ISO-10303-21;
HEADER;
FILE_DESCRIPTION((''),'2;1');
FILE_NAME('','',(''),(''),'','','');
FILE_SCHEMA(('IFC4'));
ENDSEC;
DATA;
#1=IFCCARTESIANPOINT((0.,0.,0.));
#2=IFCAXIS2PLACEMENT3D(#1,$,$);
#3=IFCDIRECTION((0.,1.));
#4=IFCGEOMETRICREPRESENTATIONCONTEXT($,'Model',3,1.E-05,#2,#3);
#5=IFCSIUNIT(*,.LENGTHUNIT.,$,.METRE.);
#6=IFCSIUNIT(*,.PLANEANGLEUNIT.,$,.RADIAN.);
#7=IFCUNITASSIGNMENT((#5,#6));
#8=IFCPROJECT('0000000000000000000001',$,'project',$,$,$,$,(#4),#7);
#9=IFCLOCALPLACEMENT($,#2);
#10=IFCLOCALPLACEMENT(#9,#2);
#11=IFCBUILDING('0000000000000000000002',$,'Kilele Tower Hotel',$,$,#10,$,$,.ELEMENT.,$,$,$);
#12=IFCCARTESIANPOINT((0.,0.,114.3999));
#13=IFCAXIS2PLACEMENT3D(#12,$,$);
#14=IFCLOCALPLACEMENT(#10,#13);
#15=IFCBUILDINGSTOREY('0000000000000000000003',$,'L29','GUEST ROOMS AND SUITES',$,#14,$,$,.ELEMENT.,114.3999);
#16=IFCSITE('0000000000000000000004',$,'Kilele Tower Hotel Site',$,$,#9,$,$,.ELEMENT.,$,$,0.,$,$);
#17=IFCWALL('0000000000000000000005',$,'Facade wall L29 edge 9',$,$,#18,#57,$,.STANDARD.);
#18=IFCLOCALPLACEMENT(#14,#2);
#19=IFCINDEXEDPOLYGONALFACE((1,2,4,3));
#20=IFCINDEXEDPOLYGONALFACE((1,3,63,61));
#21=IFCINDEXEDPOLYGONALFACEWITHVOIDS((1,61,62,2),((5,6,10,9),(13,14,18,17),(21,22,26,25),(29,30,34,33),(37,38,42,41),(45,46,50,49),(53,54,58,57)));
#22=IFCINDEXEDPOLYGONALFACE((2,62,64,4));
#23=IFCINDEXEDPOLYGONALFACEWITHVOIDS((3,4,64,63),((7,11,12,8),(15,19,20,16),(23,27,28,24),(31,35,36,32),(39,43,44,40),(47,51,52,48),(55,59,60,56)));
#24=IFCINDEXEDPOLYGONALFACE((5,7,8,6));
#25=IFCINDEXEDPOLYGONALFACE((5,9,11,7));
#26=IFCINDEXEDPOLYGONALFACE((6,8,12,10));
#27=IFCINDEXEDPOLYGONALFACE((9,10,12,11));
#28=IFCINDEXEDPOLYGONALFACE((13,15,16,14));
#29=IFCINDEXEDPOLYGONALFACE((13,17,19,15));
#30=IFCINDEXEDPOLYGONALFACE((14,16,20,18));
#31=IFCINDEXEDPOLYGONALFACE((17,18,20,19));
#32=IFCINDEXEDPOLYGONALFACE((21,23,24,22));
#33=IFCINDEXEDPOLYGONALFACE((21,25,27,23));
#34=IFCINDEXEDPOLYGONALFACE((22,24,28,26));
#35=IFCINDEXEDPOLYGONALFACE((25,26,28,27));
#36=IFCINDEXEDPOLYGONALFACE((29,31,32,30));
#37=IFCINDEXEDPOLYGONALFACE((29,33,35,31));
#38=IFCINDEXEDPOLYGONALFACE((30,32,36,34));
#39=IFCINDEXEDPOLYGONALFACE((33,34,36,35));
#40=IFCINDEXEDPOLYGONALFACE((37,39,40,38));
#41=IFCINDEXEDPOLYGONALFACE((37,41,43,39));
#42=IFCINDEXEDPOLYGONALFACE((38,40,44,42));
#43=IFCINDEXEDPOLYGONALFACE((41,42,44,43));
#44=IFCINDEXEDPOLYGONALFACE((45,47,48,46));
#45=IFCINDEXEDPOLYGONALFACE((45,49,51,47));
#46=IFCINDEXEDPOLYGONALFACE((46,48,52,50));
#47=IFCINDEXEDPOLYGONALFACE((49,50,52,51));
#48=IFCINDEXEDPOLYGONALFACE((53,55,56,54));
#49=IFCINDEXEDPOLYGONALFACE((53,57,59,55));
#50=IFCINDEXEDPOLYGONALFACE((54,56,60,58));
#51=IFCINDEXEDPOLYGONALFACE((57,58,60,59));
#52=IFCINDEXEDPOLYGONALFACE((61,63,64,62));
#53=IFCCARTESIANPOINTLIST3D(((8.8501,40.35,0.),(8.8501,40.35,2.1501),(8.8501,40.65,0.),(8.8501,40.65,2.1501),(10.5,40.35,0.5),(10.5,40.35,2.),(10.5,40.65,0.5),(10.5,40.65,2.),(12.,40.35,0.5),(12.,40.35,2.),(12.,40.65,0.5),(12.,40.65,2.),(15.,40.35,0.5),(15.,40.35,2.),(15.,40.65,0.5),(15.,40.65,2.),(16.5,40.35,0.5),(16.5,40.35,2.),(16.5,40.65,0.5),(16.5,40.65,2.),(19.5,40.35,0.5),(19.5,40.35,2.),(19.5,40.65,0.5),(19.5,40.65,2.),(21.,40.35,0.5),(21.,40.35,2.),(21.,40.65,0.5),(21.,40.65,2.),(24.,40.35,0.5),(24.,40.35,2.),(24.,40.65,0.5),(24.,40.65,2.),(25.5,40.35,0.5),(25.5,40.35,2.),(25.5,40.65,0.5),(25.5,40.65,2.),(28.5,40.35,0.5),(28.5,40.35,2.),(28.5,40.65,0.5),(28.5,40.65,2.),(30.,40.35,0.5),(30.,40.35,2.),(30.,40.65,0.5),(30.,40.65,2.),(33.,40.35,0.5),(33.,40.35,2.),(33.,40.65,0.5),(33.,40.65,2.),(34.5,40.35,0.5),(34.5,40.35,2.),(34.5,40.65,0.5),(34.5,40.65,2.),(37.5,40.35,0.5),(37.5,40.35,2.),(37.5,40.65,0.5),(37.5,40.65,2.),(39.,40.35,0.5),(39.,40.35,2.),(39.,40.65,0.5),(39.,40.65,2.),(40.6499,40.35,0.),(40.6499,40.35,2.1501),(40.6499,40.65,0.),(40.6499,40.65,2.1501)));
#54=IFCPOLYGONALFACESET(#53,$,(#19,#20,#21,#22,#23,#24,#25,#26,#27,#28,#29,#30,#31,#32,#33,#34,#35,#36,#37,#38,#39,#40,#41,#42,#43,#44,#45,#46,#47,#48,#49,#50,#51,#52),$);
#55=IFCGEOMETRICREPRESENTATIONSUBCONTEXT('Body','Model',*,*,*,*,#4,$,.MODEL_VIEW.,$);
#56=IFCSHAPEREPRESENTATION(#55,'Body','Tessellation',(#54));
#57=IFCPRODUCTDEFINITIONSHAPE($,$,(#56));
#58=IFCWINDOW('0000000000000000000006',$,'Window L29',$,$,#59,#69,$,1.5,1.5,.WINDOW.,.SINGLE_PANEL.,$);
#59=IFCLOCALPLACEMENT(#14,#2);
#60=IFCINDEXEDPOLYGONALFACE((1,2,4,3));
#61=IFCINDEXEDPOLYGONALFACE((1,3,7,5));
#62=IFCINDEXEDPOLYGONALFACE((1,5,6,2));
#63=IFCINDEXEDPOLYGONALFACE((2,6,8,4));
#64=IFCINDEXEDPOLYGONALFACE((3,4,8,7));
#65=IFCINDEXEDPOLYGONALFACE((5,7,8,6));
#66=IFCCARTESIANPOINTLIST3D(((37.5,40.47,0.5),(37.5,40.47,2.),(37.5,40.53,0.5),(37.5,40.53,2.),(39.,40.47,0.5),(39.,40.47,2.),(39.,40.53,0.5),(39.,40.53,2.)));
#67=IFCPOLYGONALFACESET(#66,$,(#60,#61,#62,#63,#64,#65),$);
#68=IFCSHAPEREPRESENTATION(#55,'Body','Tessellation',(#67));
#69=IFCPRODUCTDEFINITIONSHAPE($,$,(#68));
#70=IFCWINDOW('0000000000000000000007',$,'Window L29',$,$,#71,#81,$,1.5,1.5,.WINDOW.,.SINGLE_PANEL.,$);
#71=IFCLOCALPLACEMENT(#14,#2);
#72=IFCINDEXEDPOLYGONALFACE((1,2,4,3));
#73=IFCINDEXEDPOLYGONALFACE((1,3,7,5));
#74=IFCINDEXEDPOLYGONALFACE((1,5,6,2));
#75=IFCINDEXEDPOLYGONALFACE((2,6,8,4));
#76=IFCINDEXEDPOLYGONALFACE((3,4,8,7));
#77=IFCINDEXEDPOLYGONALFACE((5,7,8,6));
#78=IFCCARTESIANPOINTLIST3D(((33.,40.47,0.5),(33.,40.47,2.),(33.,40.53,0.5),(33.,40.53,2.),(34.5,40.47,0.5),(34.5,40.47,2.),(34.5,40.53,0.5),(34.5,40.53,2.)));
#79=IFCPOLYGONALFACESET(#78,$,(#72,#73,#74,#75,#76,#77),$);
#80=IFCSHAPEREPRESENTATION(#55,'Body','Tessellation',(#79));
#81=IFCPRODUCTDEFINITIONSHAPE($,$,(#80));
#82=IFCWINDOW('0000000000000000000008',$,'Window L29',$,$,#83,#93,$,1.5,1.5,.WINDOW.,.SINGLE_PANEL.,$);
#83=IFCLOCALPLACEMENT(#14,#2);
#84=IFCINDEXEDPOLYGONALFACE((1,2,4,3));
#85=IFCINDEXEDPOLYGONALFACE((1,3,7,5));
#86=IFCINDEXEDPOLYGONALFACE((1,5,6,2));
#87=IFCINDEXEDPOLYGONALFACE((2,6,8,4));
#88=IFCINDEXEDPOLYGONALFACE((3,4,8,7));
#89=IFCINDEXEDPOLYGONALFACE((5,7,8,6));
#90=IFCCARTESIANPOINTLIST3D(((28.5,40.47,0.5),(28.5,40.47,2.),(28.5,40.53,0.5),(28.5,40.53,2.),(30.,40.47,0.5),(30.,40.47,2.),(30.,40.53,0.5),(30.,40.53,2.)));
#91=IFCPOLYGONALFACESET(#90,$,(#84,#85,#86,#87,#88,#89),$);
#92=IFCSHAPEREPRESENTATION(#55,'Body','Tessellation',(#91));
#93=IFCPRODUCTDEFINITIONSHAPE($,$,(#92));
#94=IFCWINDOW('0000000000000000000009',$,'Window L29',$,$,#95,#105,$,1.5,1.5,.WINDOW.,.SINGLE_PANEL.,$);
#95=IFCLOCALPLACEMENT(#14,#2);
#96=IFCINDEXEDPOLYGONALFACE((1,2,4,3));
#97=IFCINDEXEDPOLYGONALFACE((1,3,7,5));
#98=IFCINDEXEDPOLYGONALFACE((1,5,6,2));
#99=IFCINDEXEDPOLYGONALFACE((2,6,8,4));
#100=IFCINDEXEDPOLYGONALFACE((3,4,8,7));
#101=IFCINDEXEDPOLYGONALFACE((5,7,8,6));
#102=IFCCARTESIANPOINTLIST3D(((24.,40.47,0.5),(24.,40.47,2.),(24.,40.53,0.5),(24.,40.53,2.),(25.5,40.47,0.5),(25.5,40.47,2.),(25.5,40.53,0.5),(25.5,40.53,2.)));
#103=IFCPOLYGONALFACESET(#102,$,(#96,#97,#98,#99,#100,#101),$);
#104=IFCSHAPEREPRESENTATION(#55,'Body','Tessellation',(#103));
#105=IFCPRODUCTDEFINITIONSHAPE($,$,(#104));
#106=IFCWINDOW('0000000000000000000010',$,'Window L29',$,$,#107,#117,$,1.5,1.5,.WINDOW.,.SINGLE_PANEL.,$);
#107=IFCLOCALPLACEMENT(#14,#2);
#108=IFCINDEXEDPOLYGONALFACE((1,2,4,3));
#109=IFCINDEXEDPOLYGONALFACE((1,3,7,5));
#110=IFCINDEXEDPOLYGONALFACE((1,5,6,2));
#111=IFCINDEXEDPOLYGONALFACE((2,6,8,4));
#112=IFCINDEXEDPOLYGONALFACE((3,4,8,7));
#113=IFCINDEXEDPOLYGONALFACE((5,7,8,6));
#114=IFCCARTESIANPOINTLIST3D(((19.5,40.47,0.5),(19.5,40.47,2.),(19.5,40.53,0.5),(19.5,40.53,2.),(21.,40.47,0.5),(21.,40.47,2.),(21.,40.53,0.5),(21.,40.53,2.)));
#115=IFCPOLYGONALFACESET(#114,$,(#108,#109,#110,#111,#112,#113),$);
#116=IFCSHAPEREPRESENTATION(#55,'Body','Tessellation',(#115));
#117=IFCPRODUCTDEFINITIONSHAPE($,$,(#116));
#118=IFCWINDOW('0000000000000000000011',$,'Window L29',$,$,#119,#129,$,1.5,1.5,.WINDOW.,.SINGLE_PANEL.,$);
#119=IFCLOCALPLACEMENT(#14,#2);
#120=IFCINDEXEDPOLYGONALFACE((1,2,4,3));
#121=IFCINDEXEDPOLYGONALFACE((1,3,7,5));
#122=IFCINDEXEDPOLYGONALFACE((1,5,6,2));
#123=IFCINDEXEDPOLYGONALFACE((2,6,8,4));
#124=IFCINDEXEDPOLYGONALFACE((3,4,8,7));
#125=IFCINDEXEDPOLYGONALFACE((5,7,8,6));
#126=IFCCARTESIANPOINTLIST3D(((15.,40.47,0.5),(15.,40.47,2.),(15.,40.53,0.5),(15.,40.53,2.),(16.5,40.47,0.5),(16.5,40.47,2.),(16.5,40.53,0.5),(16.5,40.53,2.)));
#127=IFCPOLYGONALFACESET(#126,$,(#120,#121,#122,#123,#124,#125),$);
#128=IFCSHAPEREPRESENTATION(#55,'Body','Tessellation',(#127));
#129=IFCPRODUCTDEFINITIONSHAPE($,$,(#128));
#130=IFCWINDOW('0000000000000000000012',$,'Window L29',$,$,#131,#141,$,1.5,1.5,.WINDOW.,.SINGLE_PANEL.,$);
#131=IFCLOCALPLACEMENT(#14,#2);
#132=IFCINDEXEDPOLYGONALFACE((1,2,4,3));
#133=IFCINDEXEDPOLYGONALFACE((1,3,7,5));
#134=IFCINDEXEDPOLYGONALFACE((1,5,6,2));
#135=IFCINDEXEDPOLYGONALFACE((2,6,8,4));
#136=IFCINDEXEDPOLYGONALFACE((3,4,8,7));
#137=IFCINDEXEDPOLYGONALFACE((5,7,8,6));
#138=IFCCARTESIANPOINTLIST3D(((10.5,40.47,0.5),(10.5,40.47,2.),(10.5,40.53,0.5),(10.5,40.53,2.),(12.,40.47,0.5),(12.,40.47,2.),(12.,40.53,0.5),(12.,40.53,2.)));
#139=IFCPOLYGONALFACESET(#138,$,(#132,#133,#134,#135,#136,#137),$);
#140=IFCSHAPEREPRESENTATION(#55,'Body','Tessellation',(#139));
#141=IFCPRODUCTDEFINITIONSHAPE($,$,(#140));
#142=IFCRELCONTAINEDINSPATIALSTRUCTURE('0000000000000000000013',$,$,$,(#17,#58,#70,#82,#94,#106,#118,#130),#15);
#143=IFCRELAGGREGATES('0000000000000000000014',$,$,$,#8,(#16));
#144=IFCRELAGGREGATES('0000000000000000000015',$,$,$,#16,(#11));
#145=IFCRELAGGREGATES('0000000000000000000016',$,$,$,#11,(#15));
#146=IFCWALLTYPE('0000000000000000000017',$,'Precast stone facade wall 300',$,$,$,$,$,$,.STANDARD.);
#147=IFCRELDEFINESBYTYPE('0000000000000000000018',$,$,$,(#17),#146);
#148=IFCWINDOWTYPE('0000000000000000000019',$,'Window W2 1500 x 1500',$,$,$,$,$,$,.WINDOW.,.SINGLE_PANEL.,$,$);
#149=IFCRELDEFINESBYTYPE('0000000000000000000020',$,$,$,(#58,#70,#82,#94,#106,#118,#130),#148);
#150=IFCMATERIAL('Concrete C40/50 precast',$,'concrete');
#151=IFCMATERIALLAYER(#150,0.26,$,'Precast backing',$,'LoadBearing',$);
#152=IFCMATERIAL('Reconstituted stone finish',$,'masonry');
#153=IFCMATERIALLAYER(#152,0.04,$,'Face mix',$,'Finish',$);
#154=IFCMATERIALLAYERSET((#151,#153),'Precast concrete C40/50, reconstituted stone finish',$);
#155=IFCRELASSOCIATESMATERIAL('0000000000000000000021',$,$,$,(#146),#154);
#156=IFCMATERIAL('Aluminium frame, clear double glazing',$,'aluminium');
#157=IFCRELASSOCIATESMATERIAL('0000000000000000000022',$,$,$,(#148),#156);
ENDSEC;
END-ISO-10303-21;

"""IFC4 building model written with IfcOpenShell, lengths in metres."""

from ifc_helpers import new_model, si_unit, direction, frame, frame_2d, origin, place, context, subcontext, project, spatial, rectangle, extrude, material, layer, layer_set, type_object, element, fill, save


model = new_model("IFC4")

# Units and contexts
model_context = context("Model", 3, precision=1e-05, world=origin(), true_north=direction((0.0, 1.0)))
body_context = subcontext(model_context, "Body", "Model", "MODEL_VIEW")
ifc_project = project(units=[si_unit("LENGTHUNIT", "METRE"), si_unit("PLANEANGLEUNIT", "RADIAN")], contexts=[model_context])

# Site, building, storey
site_placement = place(None, origin())
site = spatial("IfcSite", under=ifc_project, at=site_placement, Name="Kilele Tower Hotel Site", CompositionType="ELEMENT", RefElevation=0.0)
building_placement = place(site_placement, origin())
building = spatial("IfcBuilding", under=site, at=building_placement, Name="Kilele Tower Hotel", CompositionType="ELEMENT")
storey_placement = place(building_placement, frame((0.0, 0.0, 114.3999)))
storey = spatial("IfcBuildingStorey", under=building, at=storey_placement, Name="L29", Description="GUEST ROOMS AND SUITES", CompositionType="ELEMENT", Elevation=114.3999)

# Shared definitions
ifc_material_1 = material(Name="Concrete C40/50 precast", Category="concrete")
ifc_layer_1 = layer(ifc_material_1, 0.26, Name="Precast backing", Category="LoadBearing")
ifc_material_2 = material(Name="Reconstituted stone finish", Category="masonry")
ifc_layer_2 = layer(ifc_material_2, 0.04, Name="Face mix", Category="Finish")
ifc_layer_set_1 = layer_set([ifc_layer_1, ifc_layer_2], Name="Precast concrete C40/50, reconstituted stone finish")
wall_type_1 = type_object("IfcWallType", Name="Precast stone facade wall 300", PredefinedType="STANDARD", material=ifc_layer_set_1)
ifc_material_3 = material(Name="Aluminium frame, clear double glazing", Category="aluminium")
window_type_1 = type_object("IfcWindowType", Name="Window W2 1500 x 1500", PartitioningType="SINGLE_PANEL", PredefinedType="WINDOW", material=ifc_material_3)

# Wall, openings, windows
wall_1_placement = place(storey_placement, frame((40.6499, 40.5, 0.0), z_axis=(0.0, 0.0, 1.0), x_axis=(-1.0, 0.0, 0.0)))
wall_1 = element("IfcWall", 1, at=wall_1_placement, inside=storey, type_object=wall_type_1, Name="Facade wall L29 edge 9", PredefinedType="STANDARD", context=body_context, shape_type="SweptSolid", body=[
    extrude(rectangle(XDim=31.7998, YDim=0.3, at=frame_2d((15.8999, 0.0))), origin(), (0.0, 0.0, 1.0), 2.1501),
])
opening_1_placement = place(wall_1_placement, frame((1.6499, 0.0, 0.5)))
opening_1 = element("IfcOpeningElement", 2, at=opening_1_placement, cuts=wall_1, PredefinedType="OPENING", context=body_context, shape_type="SweptSolid", body=[
    extrude(rectangle(XDim=1.5, YDim=1.5, at=frame_2d((0.75, 0.75))), frame((0.0, 0.1599, 0.0), z_axis=(0.0, -1.0, 0.0), x_axis=(1.0, 0.0, 0.0)), (0.0, 0.0, 1.0), 0.3201),
])
opening_2_placement = place(wall_1_placement, frame((6.1499, 0.0, 0.5)))
opening_2 = element("IfcOpeningElement", 3, at=opening_2_placement, cuts=wall_1, PredefinedType="OPENING", context=body_context, shape_type="SweptSolid", body=[
    extrude(rectangle(XDim=1.5, YDim=1.5, at=frame_2d((0.75, 0.75))), frame((0.0, 0.1599, 0.0), z_axis=(0.0, -1.0, 0.0), x_axis=(1.0, 0.0, 0.0)), (0.0, 0.0, 1.0), 0.3201),
])
opening_3_placement = place(wall_1_placement, frame((10.6499, 0.0, 0.5)))
opening_3 = element("IfcOpeningElement", 4, at=opening_3_placement, cuts=wall_1, PredefinedType="OPENING", context=body_context, shape_type="SweptSolid", body=[
    extrude(rectangle(XDim=1.5, YDim=1.5, at=frame_2d((0.75, 0.75))), frame((0.0, 0.1599, 0.0), z_axis=(0.0, -1.0, 0.0), x_axis=(1.0, 0.0, 0.0)), (0.0, 0.0, 1.0), 0.3201),
])
opening_4_placement = place(wall_1_placement, frame((15.1499, 0.0, 0.5)))
opening_4 = element("IfcOpeningElement", 5, at=opening_4_placement, cuts=wall_1, PredefinedType="OPENING", context=body_context, shape_type="SweptSolid", body=[
    extrude(rectangle(XDim=1.5, YDim=1.5, at=frame_2d((0.75, 0.75))), frame((0.0, 0.1599, 0.0), z_axis=(0.0, -1.0, 0.0), x_axis=(1.0, 0.0, 0.0)), (0.0, 0.0, 1.0), 0.3201),
])
opening_5_placement = place(wall_1_placement, frame((19.6499, 0.0, 0.5)))
opening_5 = element("IfcOpeningElement", 6, at=opening_5_placement, cuts=wall_1, PredefinedType="OPENING", context=body_context, shape_type="SweptSolid", body=[
    extrude(rectangle(XDim=1.5, YDim=1.5, at=frame_2d((0.75, 0.75))), frame((0.0, 0.1599, 0.0), z_axis=(0.0, -1.0, 0.0), x_axis=(1.0, 0.0, 0.0)), (0.0, 0.0, 1.0), 0.3201),
])
opening_6_placement = place(wall_1_placement, frame((24.1499, 0.0, 0.5)))
opening_6 = element("IfcOpeningElement", 7, at=opening_6_placement, cuts=wall_1, PredefinedType="OPENING", context=body_context, shape_type="SweptSolid", body=[
    extrude(rectangle(XDim=1.5, YDim=1.5, at=frame_2d((0.75, 0.75))), frame((0.0, 0.1599, 0.0), z_axis=(0.0, -1.0, 0.0), x_axis=(1.0, 0.0, 0.0)), (0.0, 0.0, 1.0), 0.3201),
])
opening_7_placement = place(wall_1_placement, frame((28.6499, 0.0, 0.5)))
opening_7 = element("IfcOpeningElement", 8, at=opening_7_placement, cuts=wall_1, PredefinedType="OPENING", context=body_context, shape_type="SweptSolid", body=[
    extrude(rectangle(XDim=1.5, YDim=1.5, at=frame_2d((0.75, 0.75))), frame((0.0, 0.1599, 0.0), z_axis=(0.0, -1.0, 0.0), x_axis=(1.0, 0.0, 0.0)), (0.0, 0.0, 1.0), 0.3201),
])
window_1_placement = place(opening_1_placement, origin())
window_1 = element("IfcWindow", 9, at=window_1_placement, inside=storey, type_object=window_type_1, Name="Window L29", OverallHeight=1.5, OverallWidth=1.5, PartitioningType="SINGLE_PANEL", PredefinedType="WINDOW", context=body_context, shape_type="SweptSolid", body=[
    extrude(rectangle(XDim=1.5, YDim=1.5, at=frame_2d((0.75, 0.75))), frame((0.0, 0.03, 0.0), z_axis=(0.0, -1.0, 0.0), x_axis=(1.0, 0.0, 0.0)), (0.0, 0.0, 1.0), 0.0601),
])
fill(opening_1, window_1)
window_2_placement = place(opening_2_placement, origin())
window_2 = element("IfcWindow", 10, at=window_2_placement, inside=storey, type_object=window_type_1, Name="Window L29", OverallHeight=1.5, OverallWidth=1.5, PartitioningType="SINGLE_PANEL", PredefinedType="WINDOW", context=body_context, shape_type="SweptSolid", body=[
    extrude(rectangle(XDim=1.5, YDim=1.5, at=frame_2d((0.75, 0.75))), frame((0.0, 0.03, 0.0), z_axis=(0.0, -1.0, 0.0), x_axis=(1.0, 0.0, 0.0)), (0.0, 0.0, 1.0), 0.0601),
])
fill(opening_2, window_2)
window_3_placement = place(opening_3_placement, origin())
window_3 = element("IfcWindow", 11, at=window_3_placement, inside=storey, type_object=window_type_1, Name="Window L29", OverallHeight=1.5, OverallWidth=1.5, PartitioningType="SINGLE_PANEL", PredefinedType="WINDOW", context=body_context, shape_type="SweptSolid", body=[
    extrude(rectangle(XDim=1.5, YDim=1.5, at=frame_2d((0.75, 0.75))), frame((0.0, 0.03, 0.0), z_axis=(0.0, -1.0, 0.0), x_axis=(1.0, 0.0, 0.0)), (0.0, 0.0, 1.0), 0.0601),
])
fill(opening_3, window_3)
window_4_placement = place(opening_4_placement, origin())
window_4 = element("IfcWindow", 12, at=window_4_placement, inside=storey, type_object=window_type_1, Name="Window L29", OverallHeight=1.5, OverallWidth=1.5, PartitioningType="SINGLE_PANEL", PredefinedType="WINDOW", context=body_context, shape_type="SweptSolid", body=[
    extrude(rectangle(XDim=1.5, YDim=1.5, at=frame_2d((0.75, 0.75))), frame((0.0, 0.03, 0.0), z_axis=(0.0, -1.0, 0.0), x_axis=(1.0, 0.0, 0.0)), (0.0, 0.0, 1.0), 0.0601),
])
fill(opening_4, window_4)
window_5_placement = place(opening_5_placement, origin())
window_5 = element("IfcWindow", 13, at=window_5_placement, inside=storey, type_object=window_type_1, Name="Window L29", OverallHeight=1.5, OverallWidth=1.5, PartitioningType="SINGLE_PANEL", PredefinedType="WINDOW", context=body_context, shape_type="SweptSolid", body=[
    extrude(rectangle(XDim=1.5, YDim=1.5, at=frame_2d((0.75, 0.75))), frame((0.0, 0.03, 0.0), z_axis=(0.0, -1.0, 0.0), x_axis=(1.0, 0.0, 0.0)), (0.0, 0.0, 1.0), 0.0601),
])
fill(opening_5, window_5)
window_6_placement = place(opening_6_placement, origin())
window_6 = element("IfcWindow", 14, at=window_6_placement, inside=storey, type_object=window_type_1, Name="Window L29", OverallHeight=1.5, OverallWidth=1.5, PartitioningType="SINGLE_PANEL", PredefinedType="WINDOW", context=body_context, shape_type="SweptSolid", body=[
    extrude(rectangle(XDim=1.5, YDim=1.5, at=frame_2d((0.75, 0.75))), frame((0.0, 0.03, 0.0), z_axis=(0.0, -1.0, 0.0), x_axis=(1.0, 0.0, 0.0)), (0.0, 0.0, 1.0), 0.0601),
])
fill(opening_6, window_6)
window_7_placement = place(opening_7_placement, origin())
window_7 = element("IfcWindow", 15, at=window_7_placement, inside=storey, type_object=window_type_1, Name="Window L29", OverallHeight=1.5, OverallWidth=1.5, PartitioningType="SINGLE_PANEL", PredefinedType="WINDOW", context=body_context, shape_type="SweptSolid", body=[
    extrude(rectangle(XDim=1.5, YDim=1.5, at=frame_2d((0.75, 0.75))), frame((0.0, 0.03, 0.0), z_axis=(0.0, -1.0, 0.0), x_axis=(1.0, 0.0, 0.0)), (0.0, 0.0, 1.0), 0.0601),
])
fill(opening_7, window_7)

save(model, "model.ifc")
